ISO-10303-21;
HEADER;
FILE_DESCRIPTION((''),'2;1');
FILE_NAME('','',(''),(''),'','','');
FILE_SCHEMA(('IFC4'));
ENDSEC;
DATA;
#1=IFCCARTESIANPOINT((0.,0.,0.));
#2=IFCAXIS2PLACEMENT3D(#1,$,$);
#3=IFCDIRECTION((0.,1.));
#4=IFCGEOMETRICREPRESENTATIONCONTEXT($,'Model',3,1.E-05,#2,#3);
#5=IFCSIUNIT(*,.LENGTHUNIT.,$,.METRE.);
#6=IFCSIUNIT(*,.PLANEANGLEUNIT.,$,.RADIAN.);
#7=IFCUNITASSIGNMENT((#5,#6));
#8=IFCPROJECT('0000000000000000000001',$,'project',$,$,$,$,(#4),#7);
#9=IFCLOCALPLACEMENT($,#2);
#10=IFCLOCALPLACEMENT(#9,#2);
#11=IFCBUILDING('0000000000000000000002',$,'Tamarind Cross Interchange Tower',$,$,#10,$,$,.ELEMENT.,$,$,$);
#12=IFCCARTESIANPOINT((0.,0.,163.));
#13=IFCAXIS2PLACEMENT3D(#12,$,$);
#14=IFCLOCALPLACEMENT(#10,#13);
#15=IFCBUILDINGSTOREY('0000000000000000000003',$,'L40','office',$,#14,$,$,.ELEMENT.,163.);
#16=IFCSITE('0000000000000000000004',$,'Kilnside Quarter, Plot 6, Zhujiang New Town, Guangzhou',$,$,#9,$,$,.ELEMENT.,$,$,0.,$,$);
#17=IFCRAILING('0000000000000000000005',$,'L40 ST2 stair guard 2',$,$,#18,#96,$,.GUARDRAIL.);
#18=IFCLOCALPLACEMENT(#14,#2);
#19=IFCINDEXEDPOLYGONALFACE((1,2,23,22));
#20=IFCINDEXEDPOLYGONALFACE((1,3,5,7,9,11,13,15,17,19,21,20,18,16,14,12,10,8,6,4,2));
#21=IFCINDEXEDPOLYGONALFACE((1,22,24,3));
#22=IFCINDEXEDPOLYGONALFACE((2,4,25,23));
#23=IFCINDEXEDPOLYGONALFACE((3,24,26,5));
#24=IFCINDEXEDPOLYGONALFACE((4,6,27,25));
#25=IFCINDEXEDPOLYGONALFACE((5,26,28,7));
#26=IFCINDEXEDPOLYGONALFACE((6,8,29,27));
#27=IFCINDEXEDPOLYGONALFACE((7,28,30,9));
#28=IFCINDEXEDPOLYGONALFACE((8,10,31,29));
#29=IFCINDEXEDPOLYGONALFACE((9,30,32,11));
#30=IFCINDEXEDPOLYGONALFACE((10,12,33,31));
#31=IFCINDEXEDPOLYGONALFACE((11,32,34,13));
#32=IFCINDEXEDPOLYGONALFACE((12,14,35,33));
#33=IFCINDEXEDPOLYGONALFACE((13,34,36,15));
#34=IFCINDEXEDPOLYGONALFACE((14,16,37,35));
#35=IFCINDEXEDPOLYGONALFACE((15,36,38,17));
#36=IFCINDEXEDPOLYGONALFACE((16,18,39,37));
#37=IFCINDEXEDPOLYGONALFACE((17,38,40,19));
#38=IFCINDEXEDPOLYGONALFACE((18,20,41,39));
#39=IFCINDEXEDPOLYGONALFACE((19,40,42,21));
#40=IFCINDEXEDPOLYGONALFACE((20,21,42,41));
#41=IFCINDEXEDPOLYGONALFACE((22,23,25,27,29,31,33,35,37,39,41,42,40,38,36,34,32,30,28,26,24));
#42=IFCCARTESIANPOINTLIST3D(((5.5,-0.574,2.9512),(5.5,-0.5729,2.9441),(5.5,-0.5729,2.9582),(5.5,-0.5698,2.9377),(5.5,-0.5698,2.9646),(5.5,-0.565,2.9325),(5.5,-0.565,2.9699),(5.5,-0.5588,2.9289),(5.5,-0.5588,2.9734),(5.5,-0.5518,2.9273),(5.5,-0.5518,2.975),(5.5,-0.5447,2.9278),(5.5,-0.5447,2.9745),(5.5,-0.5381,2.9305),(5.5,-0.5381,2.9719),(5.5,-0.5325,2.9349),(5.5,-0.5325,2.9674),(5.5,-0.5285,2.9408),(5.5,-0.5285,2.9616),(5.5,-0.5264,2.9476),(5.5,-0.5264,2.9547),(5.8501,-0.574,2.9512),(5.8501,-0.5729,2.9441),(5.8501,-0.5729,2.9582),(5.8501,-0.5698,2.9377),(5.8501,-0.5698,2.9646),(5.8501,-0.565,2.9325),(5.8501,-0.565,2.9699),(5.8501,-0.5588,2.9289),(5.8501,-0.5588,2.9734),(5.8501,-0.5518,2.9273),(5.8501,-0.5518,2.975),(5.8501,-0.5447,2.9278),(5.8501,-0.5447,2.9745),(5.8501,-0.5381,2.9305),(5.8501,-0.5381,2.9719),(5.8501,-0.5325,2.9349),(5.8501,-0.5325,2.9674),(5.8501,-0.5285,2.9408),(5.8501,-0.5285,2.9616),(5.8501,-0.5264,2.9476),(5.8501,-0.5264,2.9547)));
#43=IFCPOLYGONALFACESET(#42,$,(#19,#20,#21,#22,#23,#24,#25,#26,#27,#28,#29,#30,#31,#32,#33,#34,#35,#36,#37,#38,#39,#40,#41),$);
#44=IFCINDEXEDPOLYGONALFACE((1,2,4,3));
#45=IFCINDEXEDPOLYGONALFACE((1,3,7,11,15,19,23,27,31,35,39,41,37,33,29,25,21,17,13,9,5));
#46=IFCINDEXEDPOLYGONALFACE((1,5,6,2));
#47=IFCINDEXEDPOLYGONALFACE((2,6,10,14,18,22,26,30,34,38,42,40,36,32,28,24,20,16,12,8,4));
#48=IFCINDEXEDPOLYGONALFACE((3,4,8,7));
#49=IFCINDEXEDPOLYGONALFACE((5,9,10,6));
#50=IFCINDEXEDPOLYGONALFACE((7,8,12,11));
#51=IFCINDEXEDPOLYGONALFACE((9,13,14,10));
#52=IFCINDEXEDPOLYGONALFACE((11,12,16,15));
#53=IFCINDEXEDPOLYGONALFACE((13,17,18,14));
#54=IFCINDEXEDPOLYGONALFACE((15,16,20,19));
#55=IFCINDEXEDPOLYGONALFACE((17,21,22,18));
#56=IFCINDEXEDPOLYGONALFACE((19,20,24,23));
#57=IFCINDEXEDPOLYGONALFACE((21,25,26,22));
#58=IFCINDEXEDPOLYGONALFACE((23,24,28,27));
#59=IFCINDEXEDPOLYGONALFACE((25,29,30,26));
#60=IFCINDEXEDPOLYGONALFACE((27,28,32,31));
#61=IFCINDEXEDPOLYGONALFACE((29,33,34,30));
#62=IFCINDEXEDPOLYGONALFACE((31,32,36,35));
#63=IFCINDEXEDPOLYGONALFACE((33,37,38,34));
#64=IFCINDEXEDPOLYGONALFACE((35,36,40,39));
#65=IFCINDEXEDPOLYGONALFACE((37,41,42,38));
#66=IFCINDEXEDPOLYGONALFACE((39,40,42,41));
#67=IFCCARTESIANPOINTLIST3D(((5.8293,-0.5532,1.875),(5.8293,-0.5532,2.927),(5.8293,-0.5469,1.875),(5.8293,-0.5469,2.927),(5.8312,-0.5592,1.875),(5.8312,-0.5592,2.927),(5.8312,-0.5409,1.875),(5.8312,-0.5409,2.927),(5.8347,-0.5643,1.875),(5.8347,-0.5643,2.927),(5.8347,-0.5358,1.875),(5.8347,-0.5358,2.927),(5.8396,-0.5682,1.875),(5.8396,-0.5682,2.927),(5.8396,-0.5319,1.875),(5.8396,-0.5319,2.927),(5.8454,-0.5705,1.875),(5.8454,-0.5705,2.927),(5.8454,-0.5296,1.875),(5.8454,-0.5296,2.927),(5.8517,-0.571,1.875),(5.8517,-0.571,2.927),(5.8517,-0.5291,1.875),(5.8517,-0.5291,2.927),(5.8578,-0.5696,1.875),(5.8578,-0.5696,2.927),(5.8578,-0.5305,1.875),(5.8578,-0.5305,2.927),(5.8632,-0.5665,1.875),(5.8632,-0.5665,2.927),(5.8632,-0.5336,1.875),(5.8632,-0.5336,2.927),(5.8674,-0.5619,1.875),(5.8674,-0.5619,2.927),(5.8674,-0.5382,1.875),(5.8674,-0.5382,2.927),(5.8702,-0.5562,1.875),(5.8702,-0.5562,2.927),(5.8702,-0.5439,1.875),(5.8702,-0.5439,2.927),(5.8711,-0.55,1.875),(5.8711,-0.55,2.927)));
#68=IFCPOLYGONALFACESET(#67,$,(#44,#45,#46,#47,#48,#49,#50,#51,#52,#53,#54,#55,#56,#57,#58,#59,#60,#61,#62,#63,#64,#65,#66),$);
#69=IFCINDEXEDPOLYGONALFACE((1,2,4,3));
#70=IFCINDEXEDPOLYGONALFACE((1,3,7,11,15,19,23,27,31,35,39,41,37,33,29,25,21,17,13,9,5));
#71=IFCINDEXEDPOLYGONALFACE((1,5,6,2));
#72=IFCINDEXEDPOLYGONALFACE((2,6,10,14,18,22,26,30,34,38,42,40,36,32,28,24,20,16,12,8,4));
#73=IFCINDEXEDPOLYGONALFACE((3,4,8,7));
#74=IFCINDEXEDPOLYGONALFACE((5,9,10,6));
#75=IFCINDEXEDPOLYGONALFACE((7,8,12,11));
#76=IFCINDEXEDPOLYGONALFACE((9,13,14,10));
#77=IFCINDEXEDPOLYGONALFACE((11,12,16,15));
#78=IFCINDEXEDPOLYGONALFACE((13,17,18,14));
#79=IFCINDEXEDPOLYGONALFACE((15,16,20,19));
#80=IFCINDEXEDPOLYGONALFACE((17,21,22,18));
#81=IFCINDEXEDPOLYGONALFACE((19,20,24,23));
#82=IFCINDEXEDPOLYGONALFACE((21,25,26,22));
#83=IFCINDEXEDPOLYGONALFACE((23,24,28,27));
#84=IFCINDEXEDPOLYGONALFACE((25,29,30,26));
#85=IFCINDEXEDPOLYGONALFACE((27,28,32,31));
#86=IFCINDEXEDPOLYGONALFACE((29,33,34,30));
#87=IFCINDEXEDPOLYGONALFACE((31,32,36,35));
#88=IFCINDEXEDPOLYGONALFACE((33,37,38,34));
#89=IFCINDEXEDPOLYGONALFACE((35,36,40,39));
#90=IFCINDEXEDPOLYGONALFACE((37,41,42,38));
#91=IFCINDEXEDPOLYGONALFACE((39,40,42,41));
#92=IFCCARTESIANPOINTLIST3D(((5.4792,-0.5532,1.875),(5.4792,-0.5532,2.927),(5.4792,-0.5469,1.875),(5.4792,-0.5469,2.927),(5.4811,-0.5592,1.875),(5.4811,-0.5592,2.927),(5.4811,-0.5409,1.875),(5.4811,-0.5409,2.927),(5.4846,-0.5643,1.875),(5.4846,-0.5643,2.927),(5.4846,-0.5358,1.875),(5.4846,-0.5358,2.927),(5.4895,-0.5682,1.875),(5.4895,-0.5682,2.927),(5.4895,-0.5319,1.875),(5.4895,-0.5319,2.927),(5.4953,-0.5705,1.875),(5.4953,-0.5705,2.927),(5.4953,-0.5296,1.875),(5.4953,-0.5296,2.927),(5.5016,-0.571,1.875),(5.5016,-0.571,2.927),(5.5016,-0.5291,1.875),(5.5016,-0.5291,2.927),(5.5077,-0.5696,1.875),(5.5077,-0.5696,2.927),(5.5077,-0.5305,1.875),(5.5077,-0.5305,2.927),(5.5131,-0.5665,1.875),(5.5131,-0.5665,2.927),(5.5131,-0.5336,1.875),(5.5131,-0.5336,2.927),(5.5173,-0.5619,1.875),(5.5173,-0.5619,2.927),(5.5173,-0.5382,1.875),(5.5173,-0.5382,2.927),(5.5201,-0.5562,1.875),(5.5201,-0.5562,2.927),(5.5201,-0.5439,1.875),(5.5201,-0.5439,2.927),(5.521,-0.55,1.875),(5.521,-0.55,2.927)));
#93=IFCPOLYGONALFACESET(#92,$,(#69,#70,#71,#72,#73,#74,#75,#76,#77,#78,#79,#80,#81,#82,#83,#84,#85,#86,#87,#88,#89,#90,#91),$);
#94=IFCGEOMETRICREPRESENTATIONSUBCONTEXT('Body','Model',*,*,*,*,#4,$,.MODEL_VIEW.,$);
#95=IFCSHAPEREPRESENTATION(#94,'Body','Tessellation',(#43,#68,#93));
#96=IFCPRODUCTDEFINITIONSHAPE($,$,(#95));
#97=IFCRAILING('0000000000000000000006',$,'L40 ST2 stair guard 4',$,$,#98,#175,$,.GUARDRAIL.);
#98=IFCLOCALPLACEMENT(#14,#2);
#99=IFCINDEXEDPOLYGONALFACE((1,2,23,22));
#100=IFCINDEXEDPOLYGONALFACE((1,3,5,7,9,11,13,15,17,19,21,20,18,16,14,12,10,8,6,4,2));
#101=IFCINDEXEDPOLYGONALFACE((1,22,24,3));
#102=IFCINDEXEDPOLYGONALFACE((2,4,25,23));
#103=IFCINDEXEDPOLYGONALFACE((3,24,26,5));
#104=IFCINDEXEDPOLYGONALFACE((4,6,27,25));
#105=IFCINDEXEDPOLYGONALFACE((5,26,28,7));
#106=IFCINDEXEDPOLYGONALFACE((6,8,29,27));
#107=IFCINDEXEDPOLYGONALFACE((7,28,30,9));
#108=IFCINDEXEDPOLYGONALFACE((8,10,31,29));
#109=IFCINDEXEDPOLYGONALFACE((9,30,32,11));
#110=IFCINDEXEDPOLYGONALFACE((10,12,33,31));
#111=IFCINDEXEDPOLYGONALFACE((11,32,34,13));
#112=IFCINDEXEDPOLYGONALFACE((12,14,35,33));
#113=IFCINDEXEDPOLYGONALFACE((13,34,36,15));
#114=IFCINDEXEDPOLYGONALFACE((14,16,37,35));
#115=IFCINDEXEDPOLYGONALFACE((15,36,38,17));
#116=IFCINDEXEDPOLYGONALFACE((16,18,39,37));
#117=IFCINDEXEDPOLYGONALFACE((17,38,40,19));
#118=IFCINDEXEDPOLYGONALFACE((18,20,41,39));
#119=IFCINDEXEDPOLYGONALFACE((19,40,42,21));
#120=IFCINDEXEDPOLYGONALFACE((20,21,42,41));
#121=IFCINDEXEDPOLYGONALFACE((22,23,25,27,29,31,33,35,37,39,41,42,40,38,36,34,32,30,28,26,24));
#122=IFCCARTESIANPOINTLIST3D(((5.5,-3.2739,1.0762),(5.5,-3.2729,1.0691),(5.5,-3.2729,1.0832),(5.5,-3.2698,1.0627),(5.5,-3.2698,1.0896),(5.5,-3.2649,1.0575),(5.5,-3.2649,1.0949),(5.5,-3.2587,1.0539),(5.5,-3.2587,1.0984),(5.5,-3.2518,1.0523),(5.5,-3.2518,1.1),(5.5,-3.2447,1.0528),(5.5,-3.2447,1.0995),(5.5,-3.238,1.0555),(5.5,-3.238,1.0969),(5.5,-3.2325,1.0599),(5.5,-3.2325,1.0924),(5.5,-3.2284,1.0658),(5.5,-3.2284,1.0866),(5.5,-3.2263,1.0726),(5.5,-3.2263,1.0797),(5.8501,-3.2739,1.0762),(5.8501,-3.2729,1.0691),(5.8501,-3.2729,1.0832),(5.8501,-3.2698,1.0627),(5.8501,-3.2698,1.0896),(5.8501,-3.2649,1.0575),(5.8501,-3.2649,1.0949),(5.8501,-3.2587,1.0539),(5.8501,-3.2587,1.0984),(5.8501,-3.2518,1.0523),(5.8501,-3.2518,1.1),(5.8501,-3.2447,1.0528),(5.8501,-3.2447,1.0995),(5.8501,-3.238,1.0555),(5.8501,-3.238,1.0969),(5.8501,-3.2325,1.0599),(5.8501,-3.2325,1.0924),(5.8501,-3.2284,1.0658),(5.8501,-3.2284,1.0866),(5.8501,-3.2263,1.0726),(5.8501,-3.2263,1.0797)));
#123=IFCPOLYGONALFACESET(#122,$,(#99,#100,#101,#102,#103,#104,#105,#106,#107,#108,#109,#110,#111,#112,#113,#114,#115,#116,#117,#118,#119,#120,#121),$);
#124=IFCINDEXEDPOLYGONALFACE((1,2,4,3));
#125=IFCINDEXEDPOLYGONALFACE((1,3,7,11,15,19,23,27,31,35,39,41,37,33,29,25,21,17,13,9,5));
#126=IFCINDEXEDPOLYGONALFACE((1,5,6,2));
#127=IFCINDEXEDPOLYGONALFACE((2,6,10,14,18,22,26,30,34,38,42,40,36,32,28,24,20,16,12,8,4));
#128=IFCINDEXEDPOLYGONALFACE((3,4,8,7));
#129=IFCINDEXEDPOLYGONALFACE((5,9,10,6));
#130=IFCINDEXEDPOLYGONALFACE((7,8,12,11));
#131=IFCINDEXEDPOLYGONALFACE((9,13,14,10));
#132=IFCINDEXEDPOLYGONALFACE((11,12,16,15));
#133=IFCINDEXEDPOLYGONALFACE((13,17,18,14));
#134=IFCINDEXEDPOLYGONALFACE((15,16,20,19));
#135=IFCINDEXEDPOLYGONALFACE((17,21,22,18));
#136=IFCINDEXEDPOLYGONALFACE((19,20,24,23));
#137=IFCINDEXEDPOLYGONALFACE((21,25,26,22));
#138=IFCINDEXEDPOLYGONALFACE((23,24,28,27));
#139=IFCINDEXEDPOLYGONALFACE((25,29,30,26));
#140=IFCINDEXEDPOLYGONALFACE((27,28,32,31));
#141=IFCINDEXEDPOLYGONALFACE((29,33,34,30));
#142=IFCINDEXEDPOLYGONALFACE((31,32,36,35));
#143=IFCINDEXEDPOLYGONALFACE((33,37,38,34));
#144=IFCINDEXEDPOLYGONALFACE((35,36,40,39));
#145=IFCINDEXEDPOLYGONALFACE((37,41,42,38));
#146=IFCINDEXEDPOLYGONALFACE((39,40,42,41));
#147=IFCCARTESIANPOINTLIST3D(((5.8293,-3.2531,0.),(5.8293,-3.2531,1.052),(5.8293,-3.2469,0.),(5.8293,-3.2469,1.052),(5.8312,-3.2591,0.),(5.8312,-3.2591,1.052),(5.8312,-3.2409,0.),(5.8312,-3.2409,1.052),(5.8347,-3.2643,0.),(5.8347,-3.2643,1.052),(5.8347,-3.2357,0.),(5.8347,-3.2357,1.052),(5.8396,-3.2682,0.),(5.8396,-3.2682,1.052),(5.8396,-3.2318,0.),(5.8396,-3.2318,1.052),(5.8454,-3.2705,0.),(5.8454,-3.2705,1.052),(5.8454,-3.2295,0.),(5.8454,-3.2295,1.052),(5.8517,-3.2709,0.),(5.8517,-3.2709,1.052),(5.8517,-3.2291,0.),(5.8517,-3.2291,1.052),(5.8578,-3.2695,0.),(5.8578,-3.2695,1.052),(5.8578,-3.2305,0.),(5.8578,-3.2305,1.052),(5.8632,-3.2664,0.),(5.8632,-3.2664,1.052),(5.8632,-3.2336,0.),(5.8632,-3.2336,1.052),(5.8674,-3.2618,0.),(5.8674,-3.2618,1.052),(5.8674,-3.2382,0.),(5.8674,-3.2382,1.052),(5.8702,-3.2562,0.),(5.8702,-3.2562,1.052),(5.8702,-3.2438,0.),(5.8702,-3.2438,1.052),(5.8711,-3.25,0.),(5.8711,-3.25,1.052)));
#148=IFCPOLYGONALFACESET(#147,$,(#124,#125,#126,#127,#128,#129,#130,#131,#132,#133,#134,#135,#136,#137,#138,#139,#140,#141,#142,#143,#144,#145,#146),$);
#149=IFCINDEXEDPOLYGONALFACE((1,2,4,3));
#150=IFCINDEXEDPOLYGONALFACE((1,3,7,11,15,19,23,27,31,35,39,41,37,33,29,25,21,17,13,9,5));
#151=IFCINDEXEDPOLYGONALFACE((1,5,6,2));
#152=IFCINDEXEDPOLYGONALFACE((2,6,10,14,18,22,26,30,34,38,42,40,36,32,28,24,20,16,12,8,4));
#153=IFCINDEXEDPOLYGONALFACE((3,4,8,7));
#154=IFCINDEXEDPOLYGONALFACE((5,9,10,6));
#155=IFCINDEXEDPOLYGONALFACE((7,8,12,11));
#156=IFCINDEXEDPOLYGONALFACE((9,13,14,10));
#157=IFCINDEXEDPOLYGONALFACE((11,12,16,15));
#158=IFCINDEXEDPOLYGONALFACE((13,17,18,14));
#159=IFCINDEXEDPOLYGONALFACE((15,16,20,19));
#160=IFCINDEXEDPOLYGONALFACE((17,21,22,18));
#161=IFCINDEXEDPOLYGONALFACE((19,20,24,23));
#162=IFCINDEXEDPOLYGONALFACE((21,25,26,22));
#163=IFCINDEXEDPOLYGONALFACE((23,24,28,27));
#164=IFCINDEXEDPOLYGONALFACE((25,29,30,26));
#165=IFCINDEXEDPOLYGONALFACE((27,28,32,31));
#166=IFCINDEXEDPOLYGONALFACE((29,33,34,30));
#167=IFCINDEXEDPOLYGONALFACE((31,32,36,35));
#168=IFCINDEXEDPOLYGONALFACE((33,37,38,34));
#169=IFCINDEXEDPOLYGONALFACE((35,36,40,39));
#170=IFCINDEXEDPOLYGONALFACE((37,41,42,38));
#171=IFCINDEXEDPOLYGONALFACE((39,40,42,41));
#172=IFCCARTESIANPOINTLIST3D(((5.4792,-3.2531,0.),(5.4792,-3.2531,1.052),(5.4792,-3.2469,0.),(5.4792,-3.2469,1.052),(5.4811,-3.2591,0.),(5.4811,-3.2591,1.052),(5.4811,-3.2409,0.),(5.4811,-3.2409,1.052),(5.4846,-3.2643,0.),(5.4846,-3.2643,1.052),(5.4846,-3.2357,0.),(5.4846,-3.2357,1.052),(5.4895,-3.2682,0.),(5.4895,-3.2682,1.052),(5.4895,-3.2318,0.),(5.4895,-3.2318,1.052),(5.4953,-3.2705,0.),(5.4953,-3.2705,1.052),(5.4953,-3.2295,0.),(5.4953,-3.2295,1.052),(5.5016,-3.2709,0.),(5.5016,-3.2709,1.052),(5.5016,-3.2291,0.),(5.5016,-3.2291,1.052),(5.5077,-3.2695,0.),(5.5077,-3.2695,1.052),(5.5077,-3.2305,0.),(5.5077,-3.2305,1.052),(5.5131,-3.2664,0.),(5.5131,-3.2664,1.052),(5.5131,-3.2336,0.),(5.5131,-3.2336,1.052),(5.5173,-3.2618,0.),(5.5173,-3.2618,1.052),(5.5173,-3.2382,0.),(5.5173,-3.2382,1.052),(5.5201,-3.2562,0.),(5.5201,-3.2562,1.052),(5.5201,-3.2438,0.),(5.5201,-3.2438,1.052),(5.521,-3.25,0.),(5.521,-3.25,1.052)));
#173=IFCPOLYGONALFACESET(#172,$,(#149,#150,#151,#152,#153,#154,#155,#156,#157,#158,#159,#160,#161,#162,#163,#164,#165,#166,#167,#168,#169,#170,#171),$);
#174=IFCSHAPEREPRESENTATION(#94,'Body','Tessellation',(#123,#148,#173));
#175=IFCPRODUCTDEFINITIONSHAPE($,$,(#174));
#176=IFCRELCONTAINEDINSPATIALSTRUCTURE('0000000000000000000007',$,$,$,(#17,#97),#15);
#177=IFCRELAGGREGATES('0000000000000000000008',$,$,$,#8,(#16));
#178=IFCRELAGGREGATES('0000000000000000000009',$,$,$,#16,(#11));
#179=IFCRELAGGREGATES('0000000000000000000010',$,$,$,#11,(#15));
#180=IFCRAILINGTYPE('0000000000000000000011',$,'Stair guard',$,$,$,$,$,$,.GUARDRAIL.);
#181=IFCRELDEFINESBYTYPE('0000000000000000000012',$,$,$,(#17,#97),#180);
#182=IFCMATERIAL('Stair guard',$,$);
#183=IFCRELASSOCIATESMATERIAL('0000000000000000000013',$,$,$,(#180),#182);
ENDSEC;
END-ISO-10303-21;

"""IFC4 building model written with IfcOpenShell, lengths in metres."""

from ifc_helpers import new_model, si_unit, direction, frame, origin, origin_2d, place, context, subcontext, project, spatial, circle, extrude, material, type_object, element, save


model = new_model("IFC4")

# Units and contexts
model_context = context("Model", 3, precision=1e-05, world=origin(), true_north=direction((0.0, 1.0)))
body_context = subcontext(model_context, "Body", "Model", "MODEL_VIEW")
ifc_project = project(units=[si_unit("LENGTHUNIT", "METRE"), si_unit("PLANEANGLEUNIT", "RADIAN")], contexts=[model_context])

# Site, building, storey
site_placement = place(None, origin())
site = spatial("IfcSite", under=ifc_project, at=site_placement, Name="Kilnside Quarter, Plot 6, Zhujiang New Town, Guangzhou", CompositionType="ELEMENT", RefElevation=0.0)
building_placement = place(site_placement, origin())
building = spatial("IfcBuilding", under=site, at=building_placement, Name="Tamarind Cross Interchange Tower", CompositionType="ELEMENT")
storey_placement = place(building_placement, frame((0.0, 0.0, 163.0)))
storey = spatial("IfcBuildingStorey", under=building, at=storey_placement, Name="L40", Description="office", CompositionType="ELEMENT", Elevation=163.0)

# Railings
ifc_material_1 = material(Name="Stair guard")
railing_type_1 = type_object("IfcRailingType", Name="Stair guard", PredefinedType="GUARDRAIL", material=ifc_material_1)
for number, where, name in (
    (1, (5.8501, -0.55, 1.875), "L40 ST2 stair guard 2"),
    (2, (5.8501, -3.25, 0.0), "L40 ST2 stair guard 4"),
):
    element("IfcRailing", number, at=place(storey_placement, frame(where)), inside=storey, type_object=railing_type_1, Name=name, PredefinedType="GUARDRAIL", context=body_context, shape_type="SweptSolid", body=[
        extrude(circle(Radius=0.0239, at=origin_2d()), frame((0.0, 0.0, 1.0762), z_axis=(-1.0, 0.0, 0.0), x_axis=(0.0, -1.0, 0.0)), (0.0, 0.0, 1.0), 0.3501),
        extrude(circle(Radius=0.021, at=origin_2d()), origin(), (0.0, 0.0, 1.0), 1.052),
        extrude(circle(Radius=0.021, at=origin_2d()), frame((-0.3501, 0.0, 0.0)), (0.0, 0.0, 1.0), 1.052),
    ])

save(model, "model.ifc")
